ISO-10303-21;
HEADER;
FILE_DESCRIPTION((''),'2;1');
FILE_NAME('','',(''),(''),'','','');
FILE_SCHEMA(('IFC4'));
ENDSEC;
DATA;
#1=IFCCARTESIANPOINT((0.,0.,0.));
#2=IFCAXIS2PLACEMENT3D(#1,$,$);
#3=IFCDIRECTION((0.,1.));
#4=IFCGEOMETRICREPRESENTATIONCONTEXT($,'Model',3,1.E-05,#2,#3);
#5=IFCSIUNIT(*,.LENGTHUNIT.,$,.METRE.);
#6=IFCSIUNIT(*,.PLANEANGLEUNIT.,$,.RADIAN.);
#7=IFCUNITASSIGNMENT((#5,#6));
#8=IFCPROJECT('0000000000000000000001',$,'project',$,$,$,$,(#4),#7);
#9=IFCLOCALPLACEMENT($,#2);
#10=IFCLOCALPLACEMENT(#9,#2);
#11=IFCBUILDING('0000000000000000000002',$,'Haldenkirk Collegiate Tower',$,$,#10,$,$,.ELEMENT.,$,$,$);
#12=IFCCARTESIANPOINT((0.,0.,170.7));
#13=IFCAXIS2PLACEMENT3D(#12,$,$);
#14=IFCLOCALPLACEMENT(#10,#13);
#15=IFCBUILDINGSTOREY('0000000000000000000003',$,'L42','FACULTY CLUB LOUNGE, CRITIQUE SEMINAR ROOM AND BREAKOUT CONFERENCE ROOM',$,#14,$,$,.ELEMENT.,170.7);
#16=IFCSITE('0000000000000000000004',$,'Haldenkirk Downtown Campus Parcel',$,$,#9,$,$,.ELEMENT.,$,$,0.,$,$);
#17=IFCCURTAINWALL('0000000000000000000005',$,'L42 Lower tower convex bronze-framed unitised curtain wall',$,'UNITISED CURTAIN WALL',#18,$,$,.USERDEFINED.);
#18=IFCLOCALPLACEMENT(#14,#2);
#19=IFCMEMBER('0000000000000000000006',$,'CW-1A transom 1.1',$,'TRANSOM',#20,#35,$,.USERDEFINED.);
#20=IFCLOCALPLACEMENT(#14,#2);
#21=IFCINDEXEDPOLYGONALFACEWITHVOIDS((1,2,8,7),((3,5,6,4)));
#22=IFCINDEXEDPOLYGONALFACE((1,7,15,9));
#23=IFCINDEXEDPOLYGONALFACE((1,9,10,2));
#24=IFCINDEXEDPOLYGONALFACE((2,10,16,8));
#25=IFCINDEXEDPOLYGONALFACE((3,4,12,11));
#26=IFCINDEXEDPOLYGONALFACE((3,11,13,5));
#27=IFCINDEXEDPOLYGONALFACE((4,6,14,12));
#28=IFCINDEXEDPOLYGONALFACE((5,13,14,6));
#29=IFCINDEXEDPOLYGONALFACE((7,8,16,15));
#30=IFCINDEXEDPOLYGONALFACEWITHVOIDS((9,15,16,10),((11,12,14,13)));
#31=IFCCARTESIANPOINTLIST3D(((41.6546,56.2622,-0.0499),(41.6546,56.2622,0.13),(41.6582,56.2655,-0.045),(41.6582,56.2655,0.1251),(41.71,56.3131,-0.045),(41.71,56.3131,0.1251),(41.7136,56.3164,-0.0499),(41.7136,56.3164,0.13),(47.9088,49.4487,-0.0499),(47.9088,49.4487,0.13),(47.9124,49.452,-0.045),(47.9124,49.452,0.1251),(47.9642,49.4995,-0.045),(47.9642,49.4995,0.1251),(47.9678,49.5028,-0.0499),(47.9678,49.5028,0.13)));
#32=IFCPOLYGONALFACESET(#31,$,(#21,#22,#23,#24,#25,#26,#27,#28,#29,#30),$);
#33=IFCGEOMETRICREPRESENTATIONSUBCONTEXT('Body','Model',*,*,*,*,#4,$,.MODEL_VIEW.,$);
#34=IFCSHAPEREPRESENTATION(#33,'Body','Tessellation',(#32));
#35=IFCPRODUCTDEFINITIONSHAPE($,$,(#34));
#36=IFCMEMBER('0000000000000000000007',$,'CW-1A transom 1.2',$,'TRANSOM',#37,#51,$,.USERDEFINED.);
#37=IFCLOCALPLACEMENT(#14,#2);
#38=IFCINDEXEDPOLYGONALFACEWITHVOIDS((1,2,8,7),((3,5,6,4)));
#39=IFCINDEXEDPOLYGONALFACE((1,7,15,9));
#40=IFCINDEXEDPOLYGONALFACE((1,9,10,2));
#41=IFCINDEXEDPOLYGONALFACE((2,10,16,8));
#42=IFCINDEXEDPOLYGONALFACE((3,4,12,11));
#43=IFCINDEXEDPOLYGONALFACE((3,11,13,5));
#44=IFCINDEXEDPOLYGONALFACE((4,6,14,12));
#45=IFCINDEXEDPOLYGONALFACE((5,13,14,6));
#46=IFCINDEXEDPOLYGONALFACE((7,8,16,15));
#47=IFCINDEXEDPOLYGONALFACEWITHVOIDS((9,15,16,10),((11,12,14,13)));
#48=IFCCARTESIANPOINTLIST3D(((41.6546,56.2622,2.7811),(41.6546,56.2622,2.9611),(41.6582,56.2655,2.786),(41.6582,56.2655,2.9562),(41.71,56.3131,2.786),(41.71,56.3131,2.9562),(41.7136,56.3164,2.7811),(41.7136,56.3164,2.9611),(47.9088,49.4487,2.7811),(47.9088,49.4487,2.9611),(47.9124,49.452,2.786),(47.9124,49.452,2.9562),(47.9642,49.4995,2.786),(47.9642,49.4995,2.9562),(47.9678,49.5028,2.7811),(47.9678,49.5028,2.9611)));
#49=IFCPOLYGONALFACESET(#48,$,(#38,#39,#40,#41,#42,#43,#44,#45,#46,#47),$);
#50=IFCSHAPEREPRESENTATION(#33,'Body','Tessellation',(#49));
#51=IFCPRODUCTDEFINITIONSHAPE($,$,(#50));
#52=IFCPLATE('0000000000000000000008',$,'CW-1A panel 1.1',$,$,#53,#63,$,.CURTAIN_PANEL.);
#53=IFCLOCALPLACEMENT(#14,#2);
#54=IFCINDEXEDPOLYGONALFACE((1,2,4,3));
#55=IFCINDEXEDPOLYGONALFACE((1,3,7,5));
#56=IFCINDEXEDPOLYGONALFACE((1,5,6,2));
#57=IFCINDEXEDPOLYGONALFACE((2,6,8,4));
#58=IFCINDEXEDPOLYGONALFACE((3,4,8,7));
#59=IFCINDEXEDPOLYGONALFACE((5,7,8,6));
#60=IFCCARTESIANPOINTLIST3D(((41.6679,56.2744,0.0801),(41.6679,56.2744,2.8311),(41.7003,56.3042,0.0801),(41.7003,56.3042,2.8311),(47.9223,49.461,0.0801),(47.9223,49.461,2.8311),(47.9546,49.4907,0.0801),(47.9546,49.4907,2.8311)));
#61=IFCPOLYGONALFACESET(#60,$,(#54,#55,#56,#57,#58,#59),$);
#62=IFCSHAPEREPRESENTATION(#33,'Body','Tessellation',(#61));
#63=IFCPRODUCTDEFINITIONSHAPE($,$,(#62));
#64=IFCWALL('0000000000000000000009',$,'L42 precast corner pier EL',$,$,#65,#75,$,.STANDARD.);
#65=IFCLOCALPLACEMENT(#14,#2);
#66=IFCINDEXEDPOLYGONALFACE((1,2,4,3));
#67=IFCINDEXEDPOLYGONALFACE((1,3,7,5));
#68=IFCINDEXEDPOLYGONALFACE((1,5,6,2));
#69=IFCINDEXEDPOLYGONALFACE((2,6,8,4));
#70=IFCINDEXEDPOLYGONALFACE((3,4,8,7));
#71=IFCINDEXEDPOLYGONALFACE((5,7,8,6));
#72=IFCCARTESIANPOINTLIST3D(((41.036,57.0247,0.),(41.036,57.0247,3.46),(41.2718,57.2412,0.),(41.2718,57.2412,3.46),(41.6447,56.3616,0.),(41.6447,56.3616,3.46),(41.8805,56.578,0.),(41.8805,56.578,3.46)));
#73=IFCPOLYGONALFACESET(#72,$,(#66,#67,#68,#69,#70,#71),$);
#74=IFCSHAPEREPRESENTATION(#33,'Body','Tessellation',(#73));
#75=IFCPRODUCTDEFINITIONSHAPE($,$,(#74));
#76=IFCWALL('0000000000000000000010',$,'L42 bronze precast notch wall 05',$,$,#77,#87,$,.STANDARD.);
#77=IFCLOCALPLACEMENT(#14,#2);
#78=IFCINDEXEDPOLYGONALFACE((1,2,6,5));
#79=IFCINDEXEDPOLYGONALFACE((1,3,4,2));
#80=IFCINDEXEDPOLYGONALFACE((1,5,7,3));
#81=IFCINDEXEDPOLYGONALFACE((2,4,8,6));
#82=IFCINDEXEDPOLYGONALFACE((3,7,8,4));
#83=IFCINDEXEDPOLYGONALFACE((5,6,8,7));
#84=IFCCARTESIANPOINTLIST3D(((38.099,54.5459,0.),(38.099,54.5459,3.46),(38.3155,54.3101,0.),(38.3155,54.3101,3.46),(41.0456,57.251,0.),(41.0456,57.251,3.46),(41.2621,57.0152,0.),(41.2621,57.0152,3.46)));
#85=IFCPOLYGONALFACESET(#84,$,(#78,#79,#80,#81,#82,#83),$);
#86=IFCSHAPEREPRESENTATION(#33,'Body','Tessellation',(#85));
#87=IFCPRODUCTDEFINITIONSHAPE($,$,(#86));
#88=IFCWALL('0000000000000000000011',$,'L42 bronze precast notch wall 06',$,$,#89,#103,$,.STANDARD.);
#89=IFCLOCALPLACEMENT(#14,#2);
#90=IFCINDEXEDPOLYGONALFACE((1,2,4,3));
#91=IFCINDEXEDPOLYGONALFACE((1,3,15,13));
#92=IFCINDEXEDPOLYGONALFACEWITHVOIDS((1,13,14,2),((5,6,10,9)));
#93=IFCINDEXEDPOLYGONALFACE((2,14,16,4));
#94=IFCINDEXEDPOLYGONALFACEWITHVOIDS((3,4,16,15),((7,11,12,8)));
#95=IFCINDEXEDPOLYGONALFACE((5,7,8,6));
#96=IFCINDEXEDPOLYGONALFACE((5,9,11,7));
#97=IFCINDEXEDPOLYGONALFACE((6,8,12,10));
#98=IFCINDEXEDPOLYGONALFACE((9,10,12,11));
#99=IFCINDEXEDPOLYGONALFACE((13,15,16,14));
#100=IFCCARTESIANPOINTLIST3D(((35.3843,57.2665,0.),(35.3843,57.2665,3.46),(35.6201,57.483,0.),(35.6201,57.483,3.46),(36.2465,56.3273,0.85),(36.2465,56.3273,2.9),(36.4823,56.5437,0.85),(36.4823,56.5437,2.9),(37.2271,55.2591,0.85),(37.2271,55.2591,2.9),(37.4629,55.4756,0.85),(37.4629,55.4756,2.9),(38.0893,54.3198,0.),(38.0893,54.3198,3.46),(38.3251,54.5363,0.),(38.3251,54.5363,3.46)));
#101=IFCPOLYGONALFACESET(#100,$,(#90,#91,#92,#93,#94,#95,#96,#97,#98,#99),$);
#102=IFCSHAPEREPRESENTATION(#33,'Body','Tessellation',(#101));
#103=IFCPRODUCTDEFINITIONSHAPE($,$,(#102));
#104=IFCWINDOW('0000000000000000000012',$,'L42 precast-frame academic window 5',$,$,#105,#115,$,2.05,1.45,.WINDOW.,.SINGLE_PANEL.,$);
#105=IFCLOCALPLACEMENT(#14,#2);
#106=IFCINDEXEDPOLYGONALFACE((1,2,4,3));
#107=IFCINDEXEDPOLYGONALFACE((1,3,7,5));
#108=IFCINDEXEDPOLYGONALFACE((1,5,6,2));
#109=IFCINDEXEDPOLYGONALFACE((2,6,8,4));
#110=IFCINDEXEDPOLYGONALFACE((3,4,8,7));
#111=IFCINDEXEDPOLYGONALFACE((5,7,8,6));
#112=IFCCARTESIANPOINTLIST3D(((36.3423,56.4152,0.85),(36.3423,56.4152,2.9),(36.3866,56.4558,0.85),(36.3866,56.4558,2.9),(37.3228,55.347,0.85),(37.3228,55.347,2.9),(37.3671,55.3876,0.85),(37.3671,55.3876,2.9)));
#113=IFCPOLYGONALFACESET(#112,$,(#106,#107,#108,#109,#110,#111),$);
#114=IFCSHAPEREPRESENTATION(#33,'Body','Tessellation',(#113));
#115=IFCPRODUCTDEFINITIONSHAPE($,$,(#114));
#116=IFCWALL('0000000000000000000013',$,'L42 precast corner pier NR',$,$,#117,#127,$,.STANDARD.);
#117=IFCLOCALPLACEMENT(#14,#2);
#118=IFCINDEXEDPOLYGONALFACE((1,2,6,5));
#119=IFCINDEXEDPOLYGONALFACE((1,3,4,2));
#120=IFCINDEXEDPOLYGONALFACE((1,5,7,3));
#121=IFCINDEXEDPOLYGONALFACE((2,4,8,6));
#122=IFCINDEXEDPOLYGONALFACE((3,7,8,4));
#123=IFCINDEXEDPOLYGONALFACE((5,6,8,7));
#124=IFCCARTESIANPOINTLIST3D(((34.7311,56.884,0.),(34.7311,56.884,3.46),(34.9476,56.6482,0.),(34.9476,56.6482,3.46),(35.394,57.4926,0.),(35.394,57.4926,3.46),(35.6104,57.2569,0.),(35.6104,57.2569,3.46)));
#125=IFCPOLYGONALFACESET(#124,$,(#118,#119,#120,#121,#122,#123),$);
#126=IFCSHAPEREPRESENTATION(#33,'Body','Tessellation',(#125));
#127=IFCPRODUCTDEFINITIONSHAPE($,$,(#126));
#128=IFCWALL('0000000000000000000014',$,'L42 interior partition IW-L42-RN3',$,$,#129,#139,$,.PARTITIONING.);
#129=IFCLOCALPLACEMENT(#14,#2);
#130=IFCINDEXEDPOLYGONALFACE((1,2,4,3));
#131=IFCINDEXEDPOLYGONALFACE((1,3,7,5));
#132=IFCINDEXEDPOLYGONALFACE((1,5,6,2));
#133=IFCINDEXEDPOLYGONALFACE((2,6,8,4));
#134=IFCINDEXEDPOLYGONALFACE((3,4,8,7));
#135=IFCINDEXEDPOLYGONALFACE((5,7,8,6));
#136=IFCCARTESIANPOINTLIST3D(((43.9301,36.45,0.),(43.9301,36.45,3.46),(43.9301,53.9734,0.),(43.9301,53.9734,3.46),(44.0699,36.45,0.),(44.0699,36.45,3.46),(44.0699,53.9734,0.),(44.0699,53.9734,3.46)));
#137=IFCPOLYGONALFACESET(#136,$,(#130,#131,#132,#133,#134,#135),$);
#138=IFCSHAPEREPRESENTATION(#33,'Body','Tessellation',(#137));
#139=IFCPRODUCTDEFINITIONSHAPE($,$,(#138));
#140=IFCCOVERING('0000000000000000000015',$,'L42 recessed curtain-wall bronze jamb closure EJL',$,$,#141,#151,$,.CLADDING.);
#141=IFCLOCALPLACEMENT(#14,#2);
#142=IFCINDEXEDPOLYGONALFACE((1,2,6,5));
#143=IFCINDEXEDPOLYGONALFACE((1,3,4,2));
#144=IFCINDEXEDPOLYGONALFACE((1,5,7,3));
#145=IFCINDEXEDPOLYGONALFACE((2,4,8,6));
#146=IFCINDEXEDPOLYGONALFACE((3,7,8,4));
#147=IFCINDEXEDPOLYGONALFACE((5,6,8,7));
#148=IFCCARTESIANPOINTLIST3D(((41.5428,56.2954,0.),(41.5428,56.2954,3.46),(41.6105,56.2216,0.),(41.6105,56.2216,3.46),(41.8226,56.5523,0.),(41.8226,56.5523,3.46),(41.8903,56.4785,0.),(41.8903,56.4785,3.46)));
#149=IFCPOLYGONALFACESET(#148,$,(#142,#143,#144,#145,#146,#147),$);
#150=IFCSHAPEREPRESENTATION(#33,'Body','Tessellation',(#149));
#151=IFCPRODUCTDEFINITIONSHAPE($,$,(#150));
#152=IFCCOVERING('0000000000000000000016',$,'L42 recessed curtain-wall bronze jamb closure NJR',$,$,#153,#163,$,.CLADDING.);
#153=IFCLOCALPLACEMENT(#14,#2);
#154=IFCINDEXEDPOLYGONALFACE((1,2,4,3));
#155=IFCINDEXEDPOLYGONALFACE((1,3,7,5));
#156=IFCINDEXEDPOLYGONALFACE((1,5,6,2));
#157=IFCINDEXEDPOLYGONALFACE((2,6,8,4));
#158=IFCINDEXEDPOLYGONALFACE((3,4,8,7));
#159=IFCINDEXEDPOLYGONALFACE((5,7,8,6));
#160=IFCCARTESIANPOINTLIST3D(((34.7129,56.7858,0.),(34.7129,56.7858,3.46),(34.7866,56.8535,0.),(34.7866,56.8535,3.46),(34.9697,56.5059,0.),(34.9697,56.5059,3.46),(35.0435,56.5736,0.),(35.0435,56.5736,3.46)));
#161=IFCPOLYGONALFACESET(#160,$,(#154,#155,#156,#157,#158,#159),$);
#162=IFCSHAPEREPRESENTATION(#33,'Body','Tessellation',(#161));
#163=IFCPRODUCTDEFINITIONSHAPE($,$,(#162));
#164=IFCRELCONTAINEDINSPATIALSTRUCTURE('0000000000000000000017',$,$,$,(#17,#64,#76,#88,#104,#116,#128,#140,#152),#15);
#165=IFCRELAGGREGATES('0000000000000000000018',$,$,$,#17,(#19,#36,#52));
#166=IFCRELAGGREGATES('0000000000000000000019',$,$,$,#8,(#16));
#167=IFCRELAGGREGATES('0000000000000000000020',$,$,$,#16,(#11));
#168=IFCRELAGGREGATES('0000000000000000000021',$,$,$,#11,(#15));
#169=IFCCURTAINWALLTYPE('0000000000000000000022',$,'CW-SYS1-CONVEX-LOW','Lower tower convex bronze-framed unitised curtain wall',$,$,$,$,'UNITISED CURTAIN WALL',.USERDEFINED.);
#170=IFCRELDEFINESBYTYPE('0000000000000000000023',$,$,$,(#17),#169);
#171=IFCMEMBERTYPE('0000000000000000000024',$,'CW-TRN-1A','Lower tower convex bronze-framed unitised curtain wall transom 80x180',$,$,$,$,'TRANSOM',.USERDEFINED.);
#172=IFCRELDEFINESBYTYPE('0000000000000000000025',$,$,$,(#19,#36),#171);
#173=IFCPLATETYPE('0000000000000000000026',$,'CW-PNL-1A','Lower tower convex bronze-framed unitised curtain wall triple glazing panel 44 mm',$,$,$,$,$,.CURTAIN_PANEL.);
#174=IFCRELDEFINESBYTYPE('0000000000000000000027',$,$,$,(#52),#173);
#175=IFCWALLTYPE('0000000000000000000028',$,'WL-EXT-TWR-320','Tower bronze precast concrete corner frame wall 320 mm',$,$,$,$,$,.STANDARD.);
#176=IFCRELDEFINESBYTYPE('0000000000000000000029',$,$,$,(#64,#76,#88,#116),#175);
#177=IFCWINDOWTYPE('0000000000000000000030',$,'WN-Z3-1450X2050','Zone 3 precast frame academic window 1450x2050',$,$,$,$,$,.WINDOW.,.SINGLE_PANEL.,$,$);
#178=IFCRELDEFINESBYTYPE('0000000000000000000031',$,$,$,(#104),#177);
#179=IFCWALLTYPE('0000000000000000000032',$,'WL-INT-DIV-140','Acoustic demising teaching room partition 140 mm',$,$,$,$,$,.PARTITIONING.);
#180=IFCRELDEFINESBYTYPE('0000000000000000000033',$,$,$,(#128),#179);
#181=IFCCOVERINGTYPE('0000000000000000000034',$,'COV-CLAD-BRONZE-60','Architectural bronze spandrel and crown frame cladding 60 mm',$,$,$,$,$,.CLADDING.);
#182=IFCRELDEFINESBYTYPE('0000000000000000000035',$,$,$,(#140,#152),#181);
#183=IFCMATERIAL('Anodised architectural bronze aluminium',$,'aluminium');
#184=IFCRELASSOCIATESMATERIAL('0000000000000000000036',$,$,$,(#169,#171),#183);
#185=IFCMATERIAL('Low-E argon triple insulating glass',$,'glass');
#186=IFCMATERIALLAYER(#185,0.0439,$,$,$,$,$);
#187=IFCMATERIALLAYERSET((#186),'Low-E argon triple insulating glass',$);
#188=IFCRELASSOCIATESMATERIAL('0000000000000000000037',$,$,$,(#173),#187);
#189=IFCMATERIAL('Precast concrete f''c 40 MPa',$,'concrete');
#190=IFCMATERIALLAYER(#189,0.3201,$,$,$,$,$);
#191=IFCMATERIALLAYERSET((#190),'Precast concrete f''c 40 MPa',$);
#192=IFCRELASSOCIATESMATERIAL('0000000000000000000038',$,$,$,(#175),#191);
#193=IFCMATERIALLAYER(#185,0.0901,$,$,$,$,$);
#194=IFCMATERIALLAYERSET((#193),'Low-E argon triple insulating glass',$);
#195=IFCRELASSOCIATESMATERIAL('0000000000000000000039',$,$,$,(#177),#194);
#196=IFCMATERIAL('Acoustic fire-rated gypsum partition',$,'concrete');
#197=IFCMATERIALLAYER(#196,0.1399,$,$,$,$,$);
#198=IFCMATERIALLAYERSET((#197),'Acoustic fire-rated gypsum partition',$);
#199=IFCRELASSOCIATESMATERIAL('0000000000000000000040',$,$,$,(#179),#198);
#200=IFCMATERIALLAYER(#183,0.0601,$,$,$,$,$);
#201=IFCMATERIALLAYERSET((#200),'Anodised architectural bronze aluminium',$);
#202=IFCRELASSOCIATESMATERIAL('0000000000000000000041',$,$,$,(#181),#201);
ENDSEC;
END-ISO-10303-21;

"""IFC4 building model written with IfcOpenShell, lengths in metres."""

from ifc_helpers import new_model, si_unit, direction, frame, frame_2d, origin, origin_2d, place, context, subcontext, project, spatial, rectangle, hollow_rectangle, extrude, source, transform, mapped, material, layer, layer_set, material_profile, profile_set, type_object, element, fill, aggregate, save


model = new_model("IFC4")

# Units and contexts
model_context = context("Model", 3, precision=1e-05, world=origin(), true_north=direction((0.0, 1.0)))
body_context = subcontext(model_context, "Body", "Model", "MODEL_VIEW")
ifc_project = project(units=[si_unit("LENGTHUNIT", "METRE"), si_unit("PLANEANGLEUNIT", "RADIAN")], contexts=[model_context])

# Site, building, storey
site_placement = place(None, origin())
site = spatial("IfcSite", under=ifc_project, at=site_placement, Name="Haldenkirk Downtown Campus Parcel", CompositionType="ELEMENT", RefElevation=0.0)
building_placement = place(site_placement, origin())
building = spatial("IfcBuilding", under=site, at=building_placement, Name="Haldenkirk Collegiate Tower", CompositionType="ELEMENT")
storey_placement = place(building_placement, frame((0.0, 0.0, 170.7)))
storey = spatial("IfcBuildingStorey", under=building, at=storey_placement, Name="L42", Description="FACULTY CLUB LOUNGE, CRITIQUE SEMINAR ROOM AND BREAKOUT CONFERENCE ROOM", CompositionType="ELEMENT", Elevation=170.7)

# Curtain wall
ifc_material_1 = material(Name="Anodised architectural bronze aluminium", Category="aluminium")
curtain_wall_type = type_object("IfcCurtainWallType", Name="CW-SYS1-CONVEX-LOW", Description="Lower tower convex bronze-framed unitised curtain wall", ElementType="UNITISED CURTAIN WALL", PredefinedType="USERDEFINED", material=ifc_material_1)
curtain_wall_1_placement = place(storey_placement, origin())
curtain_wall_1 = element("IfcCurtainWall", 1, at=curtain_wall_1_placement, inside=storey, type_object=curtain_wall_type, Name="L42 Lower tower convex bronze-framed unitised curtain wall", ObjectType="UNITISED CURTAIN WALL", PredefinedType="USERDEFINED")

# Members
ifc_material_profile_1 = material_profile(ifc_material_1, hollow_rectangle(XDim=0.0801, YDim=0.1799, WallThickness=0.0049, at=origin_2d()), Name="CW-TRN-1A")
ifc_profile_set_1 = profile_set([ifc_material_profile_1], Name="Anodised architectural bronze aluminium")
member_type_1 = type_object("IfcMemberType", Name="CW-TRN-1A", Description="Lower tower convex bronze-framed unitised curtain wall transom 80x180", ElementType="TRANSOM", PredefinedType="USERDEFINED", material=ifc_profile_set_1)
member_1_placement = place(storey_placement, frame((41.6841, 56.2893, 0.04), z_axis=(0.676222, -0.736698, 0.0), x_axis=(0.736698, 0.676222, 0.0)))
member_1 = element("IfcMember", 2, at=member_1_placement, type_object=member_type_1, Name="CW-1A transom 1.1", ObjectType="TRANSOM", PredefinedType="USERDEFINED", context=body_context, shape_type="SweptSolid", body=[
    extrude(hollow_rectangle(XDim=0.0801, YDim=0.1799, WallThickness=0.0049, at=origin_2d()), origin(), (0.0, 0.0, 1.0), 9.2488),
])
member_2_placement = place(storey_placement, frame((41.6841, 56.2893, 2.8711), z_axis=(0.676222, -0.736698, 0.0), x_axis=(0.736698, 0.676222, 0.0)))
member_2 = element("IfcMember", 3, at=member_2_placement, type_object=member_type_1, Name="CW-1A transom 1.2", ObjectType="TRANSOM", PredefinedType="USERDEFINED", context=body_context, shape_type="SweptSolid", body=[
    extrude(hollow_rectangle(XDim=0.0801, YDim=0.1799, WallThickness=0.0049, at=origin_2d()), origin(), (0.0, 0.0, 1.0), 9.2488),
])

# Plate
ifc_material_2 = material(Name="Low-E argon triple insulating glass", Category="glass")
ifc_layer_1 = layer(ifc_material_2, 0.0439)
ifc_layer_set_1 = layer_set([ifc_layer_1], Name="Low-E argon triple insulating glass")
plate_type = type_object("IfcPlateType", Name="CW-PNL-1A", Description="Lower tower convex bronze-framed unitised curtain wall triple glazing panel 44 mm", PredefinedType="CURTAIN_PANEL", material=ifc_layer_set_1)
shared_shape_1 = source(origin(), body_context, "Body", "SweptSolid", [
    extrude(rectangle(XDim=9.2488, YDim=0.0439, at=origin_2d()), origin(), (0.0, 0.0, 1.0), 2.751),
])
plate_placement = place(storey_placement, frame((44.8113, 52.8826, 0.0801), z_axis=(0.0, 0.0, 1.0), x_axis=(0.676234, -0.736687, 0.0)))
plate = element("IfcPlate", 4, at=plate_placement, type_object=plate_type, Name="CW-1A panel 1.1", PredefinedType="CURTAIN_PANEL", context=body_context, shape_type="MappedRepresentation", body=[
    mapped(shared_shape_1, transform((0.0, 0.0, 0.0), x_axis=(1.0, 0.0, 0.0), y_axis=(0.0, 1.0, 0.0), z_axis=(0.0, 0.0, 1.0), scale=1.0)),
])
aggregate(curtain_wall_1, [member_1, member_2, plate])

# Walls
ifc_material_3 = material(Name="Precast concrete f'c 40 MPa", Category="concrete")
ifc_layer_2 = layer(ifc_material_3, 0.3201)
ifc_layer_set_2 = layer_set([ifc_layer_2], Name="Precast concrete f'c 40 MPa")
wall_type_1 = type_object("IfcWallType", Name="WL-EXT-TWR-320", Description="Tower bronze precast concrete corner frame wall 320 mm", PredefinedType="STANDARD", material=ifc_layer_set_2)
wall_1_placement = place(storey_placement, frame((41.1538, 57.1331, 0.0), z_axis=(0.0, 0.0, 1.0), x_axis=(0.676216, -0.736704, 0.0)))
element("IfcWall", 5, at=wall_1_placement, inside=storey, type_object=wall_type_1, Name="L42 precast corner pier EL", PredefinedType="STANDARD", context=body_context, shape_type="SweptSolid", body=[
    extrude(rectangle(XDim=0.9001, YDim=0.3201, at=frame_2d((0.4502, 0.0))), origin(), (0.0, 0.0, 1.0), 3.46),
])
wall_2_placement = place(storey_placement, frame((38.2073, 54.428, 0.0), z_axis=(0.0, 0.0, 1.0), x_axis=(0.736645, 0.67628, 0.0)))
element("IfcWall", 6, at=wall_2_placement, inside=storey, type_object=wall_type_1, Name="L42 bronze precast notch wall 05", PredefinedType="STANDARD", context=body_context, shape_type="SweptSolid", body=[
    extrude(rectangle(XDim=4.0, YDim=0.3201, at=frame_2d((2.0, 0.0))), origin(), (0.0, 0.0, 1.0), 3.46),
])

# Wall, opening, window
wall_3_placement = place(storey_placement, frame((35.5022, 57.3748, 0.0), z_axis=(0.0, 0.0, 1.0), x_axis=(0.67625, -0.736673, 0.0)))
wall_3 = element("IfcWall", 7, at=wall_3_placement, inside=storey, type_object=wall_type_1, Name="L42 bronze precast notch wall 06", PredefinedType="STANDARD", context=body_context, shape_type="SweptSolid", body=[
    extrude(rectangle(XDim=4.0, YDim=0.3201, at=frame_2d((2.0, 0.0))), origin(), (0.0, 0.0, 1.0), 3.46),
])
opening_placement = place(wall_3_placement, frame((1.2749, 0.0, 0.8501)))
opening = element("IfcOpeningElement", 8, at=opening_placement, cuts=wall_3, PredefinedType="OPENING", context=body_context, shape_type="SweptSolid", body=[
    extrude(rectangle(XDim=1.45, YDim=2.05, at=frame_2d((0.7251, 1.0249))), frame((0.0, 0.1699, 0.0), z_axis=(0.0, -1.0, 0.0), x_axis=(1.0, 0.0, 0.0)), (0.0, 0.0, 1.0), 0.3401),
])
ifc_layer_3 = layer(ifc_material_2, 0.0901)
ifc_layer_set_3 = layer_set([ifc_layer_3], Name="Low-E argon triple insulating glass")
window_type = type_object("IfcWindowType", Name="WN-Z3-1450X2050", Description="Zone 3 precast frame academic window 1450x2050", PartitioningType="SINGLE_PANEL", PredefinedType="WINDOW", material=ifc_layer_set_3)
window_placement = place(opening_placement, origin())
window = element("IfcWindow", 9, at=window_placement, inside=storey, type_object=window_type, Name="L42 precast-frame academic window 5", OverallHeight=2.05, OverallWidth=1.45, PartitioningType="SINGLE_PANEL", PredefinedType="WINDOW", context=body_context, shape_type="SweptSolid", body=[
    extrude(rectangle(XDim=1.45, YDim=2.05, at=frame_2d((0.7251, 1.0249))), frame((0.0, 0.03, 0.0), z_axis=(0.0, -1.0, 0.0), x_axis=(1.0, 0.0, 0.0)), (0.0, 0.0, 1.0), 0.0601),
])
fill(opening, window)

# Walls
wall_4_placement = place(storey_placement, frame((34.8394, 56.7661, 0.0), z_axis=(0.0, 0.0, 1.0), x_axis=(0.73658, 0.676351, 0.0)))
element("IfcWall", 10, at=wall_4_placement, inside=storey, type_object=wall_type_1, Name="L42 precast corner pier NR", PredefinedType="STANDARD", context=body_context, shape_type="SweptSolid", body=[
    extrude(rectangle(XDim=0.8999, YDim=0.3201, at=frame_2d((0.45, 0.0))), origin(), (0.0, 0.0, 1.0), 3.46),
])
ifc_material_4 = material(Name="Acoustic fire-rated gypsum partition", Category="concrete")
ifc_layer_4 = layer(ifc_material_4, 0.1399)
ifc_layer_set_4 = layer_set([ifc_layer_4], Name="Acoustic fire-rated gypsum partition")
wall_type_2 = type_object("IfcWallType", Name="WL-INT-DIV-140", Description="Acoustic demising teaching room partition 140 mm", PredefinedType="PARTITIONING", material=ifc_layer_set_4)
wall_5_placement = place(storey_placement, frame((44.0, 36.45, 0.0), z_axis=(0.0, 0.0, 1.0), x_axis=(0.0, 1.0, 0.0)))
element("IfcWall", 11, at=wall_5_placement, inside=storey, type_object=wall_type_2, Name="L42 interior partition IW-L42-RN3", PredefinedType="PARTITIONING", context=body_context, shape_type="SweptSolid", body=[
    extrude(rectangle(XDim=17.5234, YDim=0.1399, at=frame_2d((8.7617, 0.0))), origin(), (0.0, 0.0, 1.0), 3.46),
])

# Coverings
ifc_layer_5 = layer(ifc_material_1, 0.0601)
ifc_layer_set_5 = layer_set([ifc_layer_5], Name="Anodised architectural bronze aluminium")
covering_type = type_object("IfcCoveringType", Name="COV-CLAD-BRONZE-60", Description="Architectural bronze spandrel and crown frame cladding 60 mm", PredefinedType="CLADDING", material=ifc_layer_set_5)
shared_shape_2 = source(origin(), body_context, "Body", "SweptSolid", [
    extrude(rectangle(XDim=0.1001, YDim=0.3799, at=origin_2d()), origin(), (0.0, 0.0, 1.0), 3.46),
])
for number, where, z_axis, x_axis, name in (
    (12, (41.7166, 56.387, 0.0), (0.0, 0.0, 1.0), (0.676233, -0.736687, 0.0), "L42 recessed curtain-wall bronze jamb closure EJL"),
    (13, (34.8782, 56.6797, 0.0), (0.0, 0.0, 1.0), (0.736687, 0.676233, 0.0), "L42 recessed curtain-wall bronze jamb closure NJR"),
):
    element("IfcCovering", number, at=place(storey_placement, frame(where, z_axis=z_axis, x_axis=x_axis)), inside=storey, type_object=covering_type, Name=name, PredefinedType="CLADDING", context=body_context, shape_type="MappedRepresentation", body=[
        mapped(shared_shape_2, transform((0.0, 0.0, 0.0), x_axis=(1.0, 0.0, 0.0), y_axis=(0.0, 1.0, 0.0), z_axis=(0.0, 0.0, 1.0), scale=1.0)),
    ])

save(model, "model.ifc")
